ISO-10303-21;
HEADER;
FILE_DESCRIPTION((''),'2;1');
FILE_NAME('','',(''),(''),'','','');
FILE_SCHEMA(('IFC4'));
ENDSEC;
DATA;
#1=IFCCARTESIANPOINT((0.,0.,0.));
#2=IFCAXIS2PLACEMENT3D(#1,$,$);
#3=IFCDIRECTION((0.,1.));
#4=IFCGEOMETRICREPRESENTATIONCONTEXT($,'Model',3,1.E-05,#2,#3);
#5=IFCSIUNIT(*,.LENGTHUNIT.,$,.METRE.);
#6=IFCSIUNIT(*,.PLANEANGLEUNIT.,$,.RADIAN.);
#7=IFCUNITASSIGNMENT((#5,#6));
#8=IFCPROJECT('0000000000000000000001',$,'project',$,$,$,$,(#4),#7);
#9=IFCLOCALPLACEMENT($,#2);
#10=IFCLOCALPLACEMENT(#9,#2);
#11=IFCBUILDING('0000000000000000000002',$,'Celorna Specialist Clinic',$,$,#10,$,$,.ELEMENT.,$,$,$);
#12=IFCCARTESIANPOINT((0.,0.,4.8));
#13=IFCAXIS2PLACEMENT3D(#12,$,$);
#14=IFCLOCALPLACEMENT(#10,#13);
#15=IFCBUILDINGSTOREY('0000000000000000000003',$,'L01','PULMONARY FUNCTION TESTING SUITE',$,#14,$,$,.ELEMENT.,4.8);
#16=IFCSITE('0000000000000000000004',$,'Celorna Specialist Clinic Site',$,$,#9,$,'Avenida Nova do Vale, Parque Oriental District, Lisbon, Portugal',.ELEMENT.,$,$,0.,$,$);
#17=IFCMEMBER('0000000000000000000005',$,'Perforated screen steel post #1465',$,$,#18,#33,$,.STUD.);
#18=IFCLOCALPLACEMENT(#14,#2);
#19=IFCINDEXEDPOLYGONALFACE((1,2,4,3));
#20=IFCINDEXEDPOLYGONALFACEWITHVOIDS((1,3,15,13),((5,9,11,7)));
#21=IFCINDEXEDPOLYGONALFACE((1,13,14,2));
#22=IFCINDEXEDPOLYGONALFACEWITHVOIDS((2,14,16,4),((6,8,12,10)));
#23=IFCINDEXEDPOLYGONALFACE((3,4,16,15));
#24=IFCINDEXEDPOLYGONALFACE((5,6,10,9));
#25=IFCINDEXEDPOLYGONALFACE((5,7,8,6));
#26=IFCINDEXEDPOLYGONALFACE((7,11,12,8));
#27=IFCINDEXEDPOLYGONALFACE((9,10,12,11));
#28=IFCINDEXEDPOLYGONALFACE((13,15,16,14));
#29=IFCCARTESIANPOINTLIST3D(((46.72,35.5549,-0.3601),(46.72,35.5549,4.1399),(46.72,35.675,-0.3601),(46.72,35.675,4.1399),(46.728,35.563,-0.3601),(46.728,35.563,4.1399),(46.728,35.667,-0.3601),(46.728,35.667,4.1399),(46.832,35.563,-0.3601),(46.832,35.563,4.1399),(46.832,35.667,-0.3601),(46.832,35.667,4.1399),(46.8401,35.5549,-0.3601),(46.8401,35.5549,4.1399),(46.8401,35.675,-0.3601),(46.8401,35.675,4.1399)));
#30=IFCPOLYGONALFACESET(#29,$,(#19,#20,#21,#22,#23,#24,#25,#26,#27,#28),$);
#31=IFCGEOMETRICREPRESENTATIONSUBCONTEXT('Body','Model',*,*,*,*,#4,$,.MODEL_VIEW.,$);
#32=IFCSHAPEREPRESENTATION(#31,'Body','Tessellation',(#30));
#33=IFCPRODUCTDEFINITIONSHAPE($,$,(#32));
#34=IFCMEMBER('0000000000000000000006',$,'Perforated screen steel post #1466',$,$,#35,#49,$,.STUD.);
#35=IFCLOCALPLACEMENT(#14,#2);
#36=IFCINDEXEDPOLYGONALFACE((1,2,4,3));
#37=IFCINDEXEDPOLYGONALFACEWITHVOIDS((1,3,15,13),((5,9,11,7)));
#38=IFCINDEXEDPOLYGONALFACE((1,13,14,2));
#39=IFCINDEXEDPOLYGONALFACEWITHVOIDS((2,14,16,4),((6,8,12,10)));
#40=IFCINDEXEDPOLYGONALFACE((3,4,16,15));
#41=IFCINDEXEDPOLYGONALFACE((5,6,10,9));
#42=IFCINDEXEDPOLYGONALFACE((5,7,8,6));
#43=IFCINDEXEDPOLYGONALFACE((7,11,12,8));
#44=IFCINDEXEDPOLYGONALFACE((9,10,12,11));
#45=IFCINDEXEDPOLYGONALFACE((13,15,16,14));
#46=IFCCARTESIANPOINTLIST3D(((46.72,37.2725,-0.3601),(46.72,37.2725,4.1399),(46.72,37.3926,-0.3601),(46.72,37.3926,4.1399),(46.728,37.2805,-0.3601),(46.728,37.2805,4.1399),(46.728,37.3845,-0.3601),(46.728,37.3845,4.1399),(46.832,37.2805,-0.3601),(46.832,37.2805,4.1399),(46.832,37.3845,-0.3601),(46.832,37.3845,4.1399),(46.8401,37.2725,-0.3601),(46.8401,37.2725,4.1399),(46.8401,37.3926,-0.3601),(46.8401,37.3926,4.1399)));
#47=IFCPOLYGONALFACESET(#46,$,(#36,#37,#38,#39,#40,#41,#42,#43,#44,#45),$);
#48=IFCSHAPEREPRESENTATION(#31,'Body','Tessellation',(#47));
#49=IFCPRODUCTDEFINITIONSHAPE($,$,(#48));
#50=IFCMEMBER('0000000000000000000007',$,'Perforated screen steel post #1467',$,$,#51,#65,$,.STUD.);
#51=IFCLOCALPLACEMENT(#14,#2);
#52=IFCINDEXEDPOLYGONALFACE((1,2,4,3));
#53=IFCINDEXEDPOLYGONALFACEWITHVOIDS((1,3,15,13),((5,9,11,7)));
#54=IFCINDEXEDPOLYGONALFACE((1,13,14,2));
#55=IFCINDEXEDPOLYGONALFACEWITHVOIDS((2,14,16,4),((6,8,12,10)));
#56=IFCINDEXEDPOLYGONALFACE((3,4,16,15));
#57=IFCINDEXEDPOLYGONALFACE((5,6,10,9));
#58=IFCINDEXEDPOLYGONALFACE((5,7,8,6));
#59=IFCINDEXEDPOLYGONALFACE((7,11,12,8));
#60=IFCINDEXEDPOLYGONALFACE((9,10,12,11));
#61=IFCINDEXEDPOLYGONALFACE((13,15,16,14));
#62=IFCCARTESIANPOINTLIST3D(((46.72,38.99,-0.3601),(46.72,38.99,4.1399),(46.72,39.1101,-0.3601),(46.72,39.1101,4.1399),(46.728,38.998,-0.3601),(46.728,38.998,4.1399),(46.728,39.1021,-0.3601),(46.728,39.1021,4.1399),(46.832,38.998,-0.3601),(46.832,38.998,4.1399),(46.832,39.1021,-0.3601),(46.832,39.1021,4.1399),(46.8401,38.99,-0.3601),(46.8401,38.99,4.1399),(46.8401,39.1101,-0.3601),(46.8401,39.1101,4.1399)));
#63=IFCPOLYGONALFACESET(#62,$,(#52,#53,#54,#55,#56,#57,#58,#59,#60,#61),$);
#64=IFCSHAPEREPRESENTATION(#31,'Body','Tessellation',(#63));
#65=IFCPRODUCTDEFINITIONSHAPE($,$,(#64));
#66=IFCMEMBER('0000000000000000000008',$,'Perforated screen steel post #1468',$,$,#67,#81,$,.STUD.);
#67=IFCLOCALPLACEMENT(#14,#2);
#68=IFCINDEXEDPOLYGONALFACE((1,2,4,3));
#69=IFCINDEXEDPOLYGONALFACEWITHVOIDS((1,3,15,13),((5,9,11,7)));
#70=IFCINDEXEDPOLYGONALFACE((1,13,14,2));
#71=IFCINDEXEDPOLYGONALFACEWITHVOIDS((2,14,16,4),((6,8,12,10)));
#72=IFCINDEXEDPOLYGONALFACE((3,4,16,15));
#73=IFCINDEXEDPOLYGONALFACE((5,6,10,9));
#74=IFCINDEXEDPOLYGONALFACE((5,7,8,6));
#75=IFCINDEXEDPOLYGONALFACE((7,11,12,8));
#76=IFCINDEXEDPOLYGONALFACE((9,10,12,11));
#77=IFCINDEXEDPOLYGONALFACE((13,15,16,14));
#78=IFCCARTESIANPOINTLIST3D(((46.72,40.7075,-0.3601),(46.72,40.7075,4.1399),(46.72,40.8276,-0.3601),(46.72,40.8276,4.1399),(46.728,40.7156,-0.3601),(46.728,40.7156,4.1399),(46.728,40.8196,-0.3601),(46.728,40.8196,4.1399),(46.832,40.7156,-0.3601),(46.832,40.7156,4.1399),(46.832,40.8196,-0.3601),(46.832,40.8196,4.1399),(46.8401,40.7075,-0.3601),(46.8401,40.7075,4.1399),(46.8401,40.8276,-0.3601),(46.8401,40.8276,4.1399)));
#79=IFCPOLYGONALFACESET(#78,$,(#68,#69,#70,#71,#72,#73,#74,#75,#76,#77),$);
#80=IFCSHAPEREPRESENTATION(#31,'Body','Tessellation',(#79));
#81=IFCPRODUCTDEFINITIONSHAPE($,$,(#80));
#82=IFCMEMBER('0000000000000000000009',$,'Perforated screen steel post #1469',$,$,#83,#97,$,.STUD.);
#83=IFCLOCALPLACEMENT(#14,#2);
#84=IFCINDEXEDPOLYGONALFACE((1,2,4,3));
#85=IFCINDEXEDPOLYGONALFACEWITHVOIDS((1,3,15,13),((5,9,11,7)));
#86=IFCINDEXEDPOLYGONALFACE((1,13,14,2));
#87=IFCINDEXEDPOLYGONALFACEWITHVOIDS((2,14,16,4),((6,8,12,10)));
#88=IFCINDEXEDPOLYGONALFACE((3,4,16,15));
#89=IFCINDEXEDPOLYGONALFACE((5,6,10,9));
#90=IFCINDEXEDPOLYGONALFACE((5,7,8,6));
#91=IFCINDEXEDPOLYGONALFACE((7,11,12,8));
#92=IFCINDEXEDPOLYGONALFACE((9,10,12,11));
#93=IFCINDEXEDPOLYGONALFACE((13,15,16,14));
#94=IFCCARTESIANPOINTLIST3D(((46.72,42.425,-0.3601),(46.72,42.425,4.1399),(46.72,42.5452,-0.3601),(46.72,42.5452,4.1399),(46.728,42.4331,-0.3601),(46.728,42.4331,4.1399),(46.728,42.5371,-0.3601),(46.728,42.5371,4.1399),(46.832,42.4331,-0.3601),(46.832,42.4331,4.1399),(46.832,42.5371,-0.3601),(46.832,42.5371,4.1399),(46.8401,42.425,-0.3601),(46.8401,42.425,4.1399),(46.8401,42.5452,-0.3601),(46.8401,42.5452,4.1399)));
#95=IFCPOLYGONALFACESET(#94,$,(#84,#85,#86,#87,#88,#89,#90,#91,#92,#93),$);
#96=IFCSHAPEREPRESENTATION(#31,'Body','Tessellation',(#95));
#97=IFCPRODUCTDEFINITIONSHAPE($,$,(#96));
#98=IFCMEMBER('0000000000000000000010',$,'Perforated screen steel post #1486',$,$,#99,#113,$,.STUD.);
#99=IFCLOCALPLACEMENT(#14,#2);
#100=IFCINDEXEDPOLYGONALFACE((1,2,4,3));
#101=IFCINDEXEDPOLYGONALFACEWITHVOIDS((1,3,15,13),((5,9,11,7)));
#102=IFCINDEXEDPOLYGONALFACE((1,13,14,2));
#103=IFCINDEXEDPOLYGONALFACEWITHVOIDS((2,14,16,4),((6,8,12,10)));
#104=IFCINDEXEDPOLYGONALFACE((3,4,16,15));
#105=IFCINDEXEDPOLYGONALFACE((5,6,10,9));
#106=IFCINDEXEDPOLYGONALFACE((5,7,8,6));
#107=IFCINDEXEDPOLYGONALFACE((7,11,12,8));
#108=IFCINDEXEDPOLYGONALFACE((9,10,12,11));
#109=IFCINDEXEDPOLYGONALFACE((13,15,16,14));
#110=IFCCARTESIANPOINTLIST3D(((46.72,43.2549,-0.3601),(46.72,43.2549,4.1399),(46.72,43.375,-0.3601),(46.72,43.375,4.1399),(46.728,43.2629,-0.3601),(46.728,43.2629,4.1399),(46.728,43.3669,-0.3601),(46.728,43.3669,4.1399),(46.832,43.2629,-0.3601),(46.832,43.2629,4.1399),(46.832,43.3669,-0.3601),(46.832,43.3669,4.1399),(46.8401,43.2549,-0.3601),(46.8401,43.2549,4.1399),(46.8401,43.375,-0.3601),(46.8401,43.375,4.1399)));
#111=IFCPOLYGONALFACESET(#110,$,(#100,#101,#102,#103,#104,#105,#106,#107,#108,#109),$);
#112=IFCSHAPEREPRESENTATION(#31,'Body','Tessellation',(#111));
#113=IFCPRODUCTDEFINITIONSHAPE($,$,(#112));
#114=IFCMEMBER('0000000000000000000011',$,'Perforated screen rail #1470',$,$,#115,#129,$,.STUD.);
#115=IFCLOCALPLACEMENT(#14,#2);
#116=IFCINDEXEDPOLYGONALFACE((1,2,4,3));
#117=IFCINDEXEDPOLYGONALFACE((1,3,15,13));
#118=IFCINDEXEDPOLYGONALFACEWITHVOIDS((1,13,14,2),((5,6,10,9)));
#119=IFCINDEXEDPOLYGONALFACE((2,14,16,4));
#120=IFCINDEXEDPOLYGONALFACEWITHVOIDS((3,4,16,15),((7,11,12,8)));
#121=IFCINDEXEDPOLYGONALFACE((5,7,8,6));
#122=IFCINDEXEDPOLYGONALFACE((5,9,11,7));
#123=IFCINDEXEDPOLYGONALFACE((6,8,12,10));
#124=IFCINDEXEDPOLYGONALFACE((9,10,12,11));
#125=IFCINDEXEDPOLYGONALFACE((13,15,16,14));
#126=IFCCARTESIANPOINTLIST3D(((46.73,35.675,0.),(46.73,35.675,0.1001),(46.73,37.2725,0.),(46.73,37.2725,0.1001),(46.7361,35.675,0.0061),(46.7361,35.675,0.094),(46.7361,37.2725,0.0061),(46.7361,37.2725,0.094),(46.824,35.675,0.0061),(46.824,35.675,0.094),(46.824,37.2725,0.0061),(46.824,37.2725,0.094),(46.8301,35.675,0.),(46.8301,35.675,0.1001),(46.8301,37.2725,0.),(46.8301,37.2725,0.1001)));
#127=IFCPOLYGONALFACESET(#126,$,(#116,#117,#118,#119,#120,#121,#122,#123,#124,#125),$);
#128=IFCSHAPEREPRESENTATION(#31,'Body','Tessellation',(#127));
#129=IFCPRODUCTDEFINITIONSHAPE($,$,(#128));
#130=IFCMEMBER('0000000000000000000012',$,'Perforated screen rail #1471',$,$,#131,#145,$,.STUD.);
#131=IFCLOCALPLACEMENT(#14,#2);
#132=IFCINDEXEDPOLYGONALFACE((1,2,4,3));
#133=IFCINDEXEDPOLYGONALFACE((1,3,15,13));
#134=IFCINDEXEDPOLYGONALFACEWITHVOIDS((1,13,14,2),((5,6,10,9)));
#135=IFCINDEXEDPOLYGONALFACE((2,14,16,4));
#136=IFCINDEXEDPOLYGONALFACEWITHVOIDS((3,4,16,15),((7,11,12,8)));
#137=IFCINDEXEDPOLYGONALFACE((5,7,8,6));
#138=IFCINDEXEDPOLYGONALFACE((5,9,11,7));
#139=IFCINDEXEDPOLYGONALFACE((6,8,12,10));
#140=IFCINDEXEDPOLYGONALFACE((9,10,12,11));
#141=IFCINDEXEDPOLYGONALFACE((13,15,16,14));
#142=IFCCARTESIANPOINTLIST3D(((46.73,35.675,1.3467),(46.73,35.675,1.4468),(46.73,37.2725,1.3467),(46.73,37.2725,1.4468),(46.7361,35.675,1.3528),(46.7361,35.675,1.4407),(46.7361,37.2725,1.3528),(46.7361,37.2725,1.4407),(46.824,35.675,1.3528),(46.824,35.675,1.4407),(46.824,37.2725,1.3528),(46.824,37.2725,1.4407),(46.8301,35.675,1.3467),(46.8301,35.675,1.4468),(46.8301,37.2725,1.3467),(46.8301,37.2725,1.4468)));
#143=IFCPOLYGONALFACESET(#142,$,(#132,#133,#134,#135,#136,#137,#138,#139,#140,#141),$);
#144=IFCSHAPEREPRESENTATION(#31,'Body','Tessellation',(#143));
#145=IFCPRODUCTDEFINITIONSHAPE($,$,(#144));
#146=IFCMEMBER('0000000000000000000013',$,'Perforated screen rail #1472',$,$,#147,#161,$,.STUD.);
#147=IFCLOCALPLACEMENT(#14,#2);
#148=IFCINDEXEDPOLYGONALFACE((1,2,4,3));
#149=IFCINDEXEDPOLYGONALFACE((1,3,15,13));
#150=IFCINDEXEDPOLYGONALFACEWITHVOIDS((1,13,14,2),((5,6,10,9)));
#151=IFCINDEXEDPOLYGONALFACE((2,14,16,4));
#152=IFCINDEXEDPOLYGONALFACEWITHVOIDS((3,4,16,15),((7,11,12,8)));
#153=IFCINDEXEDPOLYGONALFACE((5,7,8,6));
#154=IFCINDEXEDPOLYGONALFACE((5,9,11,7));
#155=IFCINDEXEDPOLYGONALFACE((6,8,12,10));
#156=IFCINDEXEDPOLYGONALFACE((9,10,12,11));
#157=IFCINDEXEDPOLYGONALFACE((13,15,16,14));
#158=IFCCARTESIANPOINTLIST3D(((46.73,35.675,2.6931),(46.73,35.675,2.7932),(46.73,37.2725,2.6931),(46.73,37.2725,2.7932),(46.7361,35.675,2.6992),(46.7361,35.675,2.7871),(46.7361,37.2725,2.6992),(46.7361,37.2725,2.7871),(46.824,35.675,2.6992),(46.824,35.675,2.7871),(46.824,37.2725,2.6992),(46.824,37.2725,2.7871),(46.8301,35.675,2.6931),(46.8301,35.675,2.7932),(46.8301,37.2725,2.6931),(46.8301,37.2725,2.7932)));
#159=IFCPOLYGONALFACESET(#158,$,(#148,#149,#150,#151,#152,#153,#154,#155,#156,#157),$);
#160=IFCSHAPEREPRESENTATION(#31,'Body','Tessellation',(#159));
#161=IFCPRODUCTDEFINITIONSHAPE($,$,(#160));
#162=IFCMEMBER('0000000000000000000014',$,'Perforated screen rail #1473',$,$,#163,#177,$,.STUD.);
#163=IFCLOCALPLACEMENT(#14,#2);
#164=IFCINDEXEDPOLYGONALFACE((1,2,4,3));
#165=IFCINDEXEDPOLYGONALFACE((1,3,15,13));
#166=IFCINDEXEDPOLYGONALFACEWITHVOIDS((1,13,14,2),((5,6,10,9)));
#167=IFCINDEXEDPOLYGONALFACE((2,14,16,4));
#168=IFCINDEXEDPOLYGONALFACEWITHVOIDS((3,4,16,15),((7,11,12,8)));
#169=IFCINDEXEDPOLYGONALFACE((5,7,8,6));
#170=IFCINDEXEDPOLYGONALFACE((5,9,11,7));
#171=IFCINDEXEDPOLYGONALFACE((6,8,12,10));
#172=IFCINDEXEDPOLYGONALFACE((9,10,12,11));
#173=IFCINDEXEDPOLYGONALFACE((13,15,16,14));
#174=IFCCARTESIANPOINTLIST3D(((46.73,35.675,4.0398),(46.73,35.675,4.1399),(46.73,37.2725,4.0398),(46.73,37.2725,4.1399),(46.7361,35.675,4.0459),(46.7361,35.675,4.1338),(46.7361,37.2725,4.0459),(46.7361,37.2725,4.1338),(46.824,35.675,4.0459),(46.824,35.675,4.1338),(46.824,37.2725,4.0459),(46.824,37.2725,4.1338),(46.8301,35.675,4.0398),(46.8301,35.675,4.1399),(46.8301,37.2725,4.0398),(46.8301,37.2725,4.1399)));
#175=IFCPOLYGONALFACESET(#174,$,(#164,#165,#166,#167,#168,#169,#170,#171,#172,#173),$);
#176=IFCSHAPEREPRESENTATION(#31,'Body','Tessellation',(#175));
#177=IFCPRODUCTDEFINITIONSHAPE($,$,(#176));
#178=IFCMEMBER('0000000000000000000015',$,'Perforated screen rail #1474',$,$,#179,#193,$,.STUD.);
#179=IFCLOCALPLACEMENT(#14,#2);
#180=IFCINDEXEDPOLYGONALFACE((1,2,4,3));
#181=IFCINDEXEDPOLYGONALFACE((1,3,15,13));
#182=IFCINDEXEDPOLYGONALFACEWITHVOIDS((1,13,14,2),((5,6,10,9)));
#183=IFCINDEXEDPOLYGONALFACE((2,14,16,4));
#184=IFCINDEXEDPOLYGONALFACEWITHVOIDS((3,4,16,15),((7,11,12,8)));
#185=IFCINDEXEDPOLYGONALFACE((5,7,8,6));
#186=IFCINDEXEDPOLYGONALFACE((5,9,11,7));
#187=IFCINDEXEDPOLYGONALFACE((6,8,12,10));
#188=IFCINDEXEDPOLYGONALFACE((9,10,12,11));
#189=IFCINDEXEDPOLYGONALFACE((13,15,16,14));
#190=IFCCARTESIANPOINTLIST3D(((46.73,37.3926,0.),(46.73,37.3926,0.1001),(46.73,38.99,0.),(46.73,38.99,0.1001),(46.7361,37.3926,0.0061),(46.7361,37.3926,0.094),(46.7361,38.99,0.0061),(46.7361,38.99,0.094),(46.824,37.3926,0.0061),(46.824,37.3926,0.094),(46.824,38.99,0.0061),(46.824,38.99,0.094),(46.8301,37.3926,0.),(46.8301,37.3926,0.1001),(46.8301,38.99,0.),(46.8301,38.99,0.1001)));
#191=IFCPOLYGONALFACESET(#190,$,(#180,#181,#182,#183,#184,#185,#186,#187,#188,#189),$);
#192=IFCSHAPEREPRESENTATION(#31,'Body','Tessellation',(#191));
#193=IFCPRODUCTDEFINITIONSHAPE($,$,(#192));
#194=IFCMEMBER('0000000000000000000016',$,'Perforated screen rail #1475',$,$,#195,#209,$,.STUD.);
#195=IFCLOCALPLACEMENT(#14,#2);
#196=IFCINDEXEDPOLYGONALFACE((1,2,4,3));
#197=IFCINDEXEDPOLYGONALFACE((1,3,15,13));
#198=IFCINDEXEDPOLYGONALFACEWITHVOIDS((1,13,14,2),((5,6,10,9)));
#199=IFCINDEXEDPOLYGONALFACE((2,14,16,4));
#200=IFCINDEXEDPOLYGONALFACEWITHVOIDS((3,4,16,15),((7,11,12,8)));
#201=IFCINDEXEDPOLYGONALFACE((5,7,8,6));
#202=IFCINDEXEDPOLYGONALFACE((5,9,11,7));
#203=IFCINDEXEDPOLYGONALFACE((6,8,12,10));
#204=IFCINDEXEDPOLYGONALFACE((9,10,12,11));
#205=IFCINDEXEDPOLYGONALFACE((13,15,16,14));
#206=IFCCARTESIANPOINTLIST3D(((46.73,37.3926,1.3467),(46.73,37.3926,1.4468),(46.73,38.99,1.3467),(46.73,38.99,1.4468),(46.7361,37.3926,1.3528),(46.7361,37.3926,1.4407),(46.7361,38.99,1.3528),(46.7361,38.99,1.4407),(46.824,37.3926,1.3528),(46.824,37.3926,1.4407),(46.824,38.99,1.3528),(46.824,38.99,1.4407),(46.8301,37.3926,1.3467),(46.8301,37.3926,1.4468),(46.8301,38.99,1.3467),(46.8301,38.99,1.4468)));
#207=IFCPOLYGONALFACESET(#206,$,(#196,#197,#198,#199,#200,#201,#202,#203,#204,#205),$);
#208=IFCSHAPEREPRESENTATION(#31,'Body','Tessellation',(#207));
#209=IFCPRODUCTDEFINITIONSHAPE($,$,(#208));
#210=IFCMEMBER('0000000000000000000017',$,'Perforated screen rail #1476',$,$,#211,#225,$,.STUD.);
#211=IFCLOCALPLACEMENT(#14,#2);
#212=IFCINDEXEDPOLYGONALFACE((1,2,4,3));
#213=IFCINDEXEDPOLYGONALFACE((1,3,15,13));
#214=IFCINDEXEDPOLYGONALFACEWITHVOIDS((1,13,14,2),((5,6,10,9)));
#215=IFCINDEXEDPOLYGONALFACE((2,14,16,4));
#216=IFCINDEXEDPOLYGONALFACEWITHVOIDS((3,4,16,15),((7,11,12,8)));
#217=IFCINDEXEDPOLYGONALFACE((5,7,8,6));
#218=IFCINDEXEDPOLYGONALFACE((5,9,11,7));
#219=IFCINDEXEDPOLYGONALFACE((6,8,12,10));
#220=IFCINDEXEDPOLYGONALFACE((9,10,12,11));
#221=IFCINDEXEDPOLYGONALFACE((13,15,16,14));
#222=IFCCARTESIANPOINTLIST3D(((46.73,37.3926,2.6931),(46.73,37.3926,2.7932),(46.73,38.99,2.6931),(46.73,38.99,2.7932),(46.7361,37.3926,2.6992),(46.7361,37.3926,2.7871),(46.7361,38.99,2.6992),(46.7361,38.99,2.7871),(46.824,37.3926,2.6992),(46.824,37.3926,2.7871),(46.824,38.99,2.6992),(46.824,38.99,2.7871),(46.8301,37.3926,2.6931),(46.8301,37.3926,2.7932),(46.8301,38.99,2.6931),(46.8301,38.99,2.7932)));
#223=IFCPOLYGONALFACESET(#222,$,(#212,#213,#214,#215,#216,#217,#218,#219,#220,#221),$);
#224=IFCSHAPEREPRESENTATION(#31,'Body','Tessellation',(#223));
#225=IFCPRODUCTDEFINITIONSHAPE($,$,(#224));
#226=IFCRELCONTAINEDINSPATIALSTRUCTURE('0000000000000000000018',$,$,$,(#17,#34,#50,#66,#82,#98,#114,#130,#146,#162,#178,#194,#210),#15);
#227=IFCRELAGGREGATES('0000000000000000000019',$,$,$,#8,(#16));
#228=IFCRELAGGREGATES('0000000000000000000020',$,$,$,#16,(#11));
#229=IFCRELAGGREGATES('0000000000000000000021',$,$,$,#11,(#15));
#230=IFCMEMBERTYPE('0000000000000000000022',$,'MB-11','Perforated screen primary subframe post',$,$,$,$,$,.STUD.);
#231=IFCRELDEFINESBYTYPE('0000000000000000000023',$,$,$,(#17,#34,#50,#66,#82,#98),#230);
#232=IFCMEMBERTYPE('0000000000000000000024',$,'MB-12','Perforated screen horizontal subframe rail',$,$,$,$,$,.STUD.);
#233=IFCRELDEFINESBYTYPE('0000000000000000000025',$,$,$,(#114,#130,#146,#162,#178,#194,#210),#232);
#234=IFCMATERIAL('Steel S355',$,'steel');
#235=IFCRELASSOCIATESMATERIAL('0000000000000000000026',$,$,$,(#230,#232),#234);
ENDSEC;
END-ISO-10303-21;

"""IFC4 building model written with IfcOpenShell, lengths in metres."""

from ifc_helpers import new_model, si_unit, direction, frame, origin, origin_2d, place, context, subcontext, project, spatial, hollow_rectangle, extrude, material, material_profile, profile_set, type_object, element, save


model = new_model("IFC4")

# Units and contexts
model_context = context("Model", 3, precision=1e-05, world=origin(), true_north=direction((0.0, 1.0)))
body_context = subcontext(model_context, "Body", "Model", "MODEL_VIEW")
ifc_project = project(units=[si_unit("LENGTHUNIT", "METRE"), si_unit("PLANEANGLEUNIT", "RADIAN")], contexts=[model_context])

# Site, building, storey
site_placement = place(None, origin())
site = spatial("IfcSite", under=ifc_project, at=site_placement, Name="Celorna Specialist Clinic Site", LongName="Avenida Nova do Vale, Parque Oriental District, Lisbon, Portugal", CompositionType="ELEMENT", RefElevation=0.0)
building_placement = place(site_placement, origin())
building = spatial("IfcBuilding", under=site, at=building_placement, Name="Celorna Specialist Clinic", CompositionType="ELEMENT")
storey_placement = place(building_placement, frame((0.0, 0.0, 4.8)))
storey = spatial("IfcBuildingStorey", under=building, at=storey_placement, Name="L01", Description="PULMONARY FUNCTION TESTING SUITE", CompositionType="ELEMENT", Elevation=4.8)

# Members
ifc_material_1 = material(Name="Steel S355", Category="steel")
ifc_material_profile_1 = material_profile(ifc_material_1, hollow_rectangle(XDim=0.1201, YDim=0.1201, WallThickness=0.0081, at=origin_2d()), Name="SHS 120x120x8")
ifc_profile_set_1 = profile_set([ifc_material_profile_1], Name="Steel S355")
member_type_1 = type_object("IfcMemberType", Name="MB-11", Description="Perforated screen primary subframe post", PredefinedType="STUD", material=ifc_profile_set_1)
for number, where, z_axis, x_axis, name in (
    (1, (46.78, 35.615, -0.3601), (0.0, 0.0, 1.0), (1.0, 0.0, 0.0), "Perforated screen steel post #1465"),
    (2, (46.78, 37.3325, -0.3601), (0.0, 0.0, 1.0), (1.0, 0.0, 0.0), "Perforated screen steel post #1466"),
    (3, (46.78, 39.05, -0.3601), (0.0, 0.0, 1.0), (1.0, 0.0, 0.0), "Perforated screen steel post #1467"),
    (4, (46.78, 40.7676, -0.3601), (0.0, 0.0, 1.0), (1.0, 0.0, 0.0), "Perforated screen steel post #1468"),
    (5, (46.78, 42.4851, -0.3601), (0.0, 0.0, 1.0), (1.0, 0.0, 0.0), "Perforated screen steel post #1469"),
    (6, (46.78, 43.3149, -0.3601), (0.0, 0.0, 1.0), (1.0, 0.0, 0.0), "Perforated screen steel post #1486"),
):
    element("IfcMember", number, at=place(storey_placement, frame(where, z_axis=z_axis, x_axis=x_axis)), inside=storey, type_object=member_type_1, Name=name, PredefinedType="STUD", context=body_context, shape_type="SweptSolid", body=[
        extrude(hollow_rectangle(XDim=0.1201, YDim=0.1201, WallThickness=0.0081, at=origin_2d()), origin(), (0.0, 0.0, 1.0), 4.5),
    ])
ifc_material_profile_2 = material_profile(ifc_material_1, hollow_rectangle(XDim=0.1001, YDim=0.1001, WallThickness=0.0061, at=origin_2d()), Name="SHS 100x100x6")
ifc_profile_set_2 = profile_set([ifc_material_profile_2], Name="Steel S355")
member_type_2 = type_object("IfcMemberType", Name="MB-12", Description="Perforated screen horizontal subframe rail", PredefinedType="STUD", material=ifc_profile_set_2)
for number, where, z_axis, x_axis, name in (
    (7, (46.78, 35.675, 0.05), (0.0, 1.0, 0.0), (-1.0, 0.0, 0.0), "Perforated screen rail #1470"),
    (8, (46.78, 35.675, 1.3967), (0.0, 1.0, 0.0), (-1.0, 0.0, 0.0), "Perforated screen rail #1471"),
    (9, (46.78, 35.675, 2.7432), (0.0, 1.0, 0.0), (-1.0, 0.0, 0.0), "Perforated screen rail #1472"),
    (10, (46.78, 35.675, 4.0898), (0.0, 1.0, 0.0), (-1.0, 0.0, 0.0), "Perforated screen rail #1473"),
    (11, (46.78, 37.3926, 0.05), (0.0, 1.0, 0.0), (-1.0, 0.0, 0.0), "Perforated screen rail #1474"),
    (12, (46.78, 37.3926, 1.3967), (0.0, 1.0, 0.0), (-1.0, 0.0, 0.0), "Perforated screen rail #1475"),
    (13, (46.78, 37.3926, 2.7432), (0.0, 1.0, 0.0), (-1.0, 0.0, 0.0), "Perforated screen rail #1476"),
):
    element("IfcMember", number, at=place(storey_placement, frame(where, z_axis=z_axis, x_axis=x_axis)), inside=storey, type_object=member_type_2, Name=name, PredefinedType="STUD", context=body_context, shape_type="SweptSolid", body=[
        extrude(hollow_rectangle(XDim=0.1001, YDim=0.1001, WallThickness=0.0061, at=origin_2d()), origin(), (0.0, 0.0, 1.0), 1.5974),
    ])

save(model, "model.ifc")
